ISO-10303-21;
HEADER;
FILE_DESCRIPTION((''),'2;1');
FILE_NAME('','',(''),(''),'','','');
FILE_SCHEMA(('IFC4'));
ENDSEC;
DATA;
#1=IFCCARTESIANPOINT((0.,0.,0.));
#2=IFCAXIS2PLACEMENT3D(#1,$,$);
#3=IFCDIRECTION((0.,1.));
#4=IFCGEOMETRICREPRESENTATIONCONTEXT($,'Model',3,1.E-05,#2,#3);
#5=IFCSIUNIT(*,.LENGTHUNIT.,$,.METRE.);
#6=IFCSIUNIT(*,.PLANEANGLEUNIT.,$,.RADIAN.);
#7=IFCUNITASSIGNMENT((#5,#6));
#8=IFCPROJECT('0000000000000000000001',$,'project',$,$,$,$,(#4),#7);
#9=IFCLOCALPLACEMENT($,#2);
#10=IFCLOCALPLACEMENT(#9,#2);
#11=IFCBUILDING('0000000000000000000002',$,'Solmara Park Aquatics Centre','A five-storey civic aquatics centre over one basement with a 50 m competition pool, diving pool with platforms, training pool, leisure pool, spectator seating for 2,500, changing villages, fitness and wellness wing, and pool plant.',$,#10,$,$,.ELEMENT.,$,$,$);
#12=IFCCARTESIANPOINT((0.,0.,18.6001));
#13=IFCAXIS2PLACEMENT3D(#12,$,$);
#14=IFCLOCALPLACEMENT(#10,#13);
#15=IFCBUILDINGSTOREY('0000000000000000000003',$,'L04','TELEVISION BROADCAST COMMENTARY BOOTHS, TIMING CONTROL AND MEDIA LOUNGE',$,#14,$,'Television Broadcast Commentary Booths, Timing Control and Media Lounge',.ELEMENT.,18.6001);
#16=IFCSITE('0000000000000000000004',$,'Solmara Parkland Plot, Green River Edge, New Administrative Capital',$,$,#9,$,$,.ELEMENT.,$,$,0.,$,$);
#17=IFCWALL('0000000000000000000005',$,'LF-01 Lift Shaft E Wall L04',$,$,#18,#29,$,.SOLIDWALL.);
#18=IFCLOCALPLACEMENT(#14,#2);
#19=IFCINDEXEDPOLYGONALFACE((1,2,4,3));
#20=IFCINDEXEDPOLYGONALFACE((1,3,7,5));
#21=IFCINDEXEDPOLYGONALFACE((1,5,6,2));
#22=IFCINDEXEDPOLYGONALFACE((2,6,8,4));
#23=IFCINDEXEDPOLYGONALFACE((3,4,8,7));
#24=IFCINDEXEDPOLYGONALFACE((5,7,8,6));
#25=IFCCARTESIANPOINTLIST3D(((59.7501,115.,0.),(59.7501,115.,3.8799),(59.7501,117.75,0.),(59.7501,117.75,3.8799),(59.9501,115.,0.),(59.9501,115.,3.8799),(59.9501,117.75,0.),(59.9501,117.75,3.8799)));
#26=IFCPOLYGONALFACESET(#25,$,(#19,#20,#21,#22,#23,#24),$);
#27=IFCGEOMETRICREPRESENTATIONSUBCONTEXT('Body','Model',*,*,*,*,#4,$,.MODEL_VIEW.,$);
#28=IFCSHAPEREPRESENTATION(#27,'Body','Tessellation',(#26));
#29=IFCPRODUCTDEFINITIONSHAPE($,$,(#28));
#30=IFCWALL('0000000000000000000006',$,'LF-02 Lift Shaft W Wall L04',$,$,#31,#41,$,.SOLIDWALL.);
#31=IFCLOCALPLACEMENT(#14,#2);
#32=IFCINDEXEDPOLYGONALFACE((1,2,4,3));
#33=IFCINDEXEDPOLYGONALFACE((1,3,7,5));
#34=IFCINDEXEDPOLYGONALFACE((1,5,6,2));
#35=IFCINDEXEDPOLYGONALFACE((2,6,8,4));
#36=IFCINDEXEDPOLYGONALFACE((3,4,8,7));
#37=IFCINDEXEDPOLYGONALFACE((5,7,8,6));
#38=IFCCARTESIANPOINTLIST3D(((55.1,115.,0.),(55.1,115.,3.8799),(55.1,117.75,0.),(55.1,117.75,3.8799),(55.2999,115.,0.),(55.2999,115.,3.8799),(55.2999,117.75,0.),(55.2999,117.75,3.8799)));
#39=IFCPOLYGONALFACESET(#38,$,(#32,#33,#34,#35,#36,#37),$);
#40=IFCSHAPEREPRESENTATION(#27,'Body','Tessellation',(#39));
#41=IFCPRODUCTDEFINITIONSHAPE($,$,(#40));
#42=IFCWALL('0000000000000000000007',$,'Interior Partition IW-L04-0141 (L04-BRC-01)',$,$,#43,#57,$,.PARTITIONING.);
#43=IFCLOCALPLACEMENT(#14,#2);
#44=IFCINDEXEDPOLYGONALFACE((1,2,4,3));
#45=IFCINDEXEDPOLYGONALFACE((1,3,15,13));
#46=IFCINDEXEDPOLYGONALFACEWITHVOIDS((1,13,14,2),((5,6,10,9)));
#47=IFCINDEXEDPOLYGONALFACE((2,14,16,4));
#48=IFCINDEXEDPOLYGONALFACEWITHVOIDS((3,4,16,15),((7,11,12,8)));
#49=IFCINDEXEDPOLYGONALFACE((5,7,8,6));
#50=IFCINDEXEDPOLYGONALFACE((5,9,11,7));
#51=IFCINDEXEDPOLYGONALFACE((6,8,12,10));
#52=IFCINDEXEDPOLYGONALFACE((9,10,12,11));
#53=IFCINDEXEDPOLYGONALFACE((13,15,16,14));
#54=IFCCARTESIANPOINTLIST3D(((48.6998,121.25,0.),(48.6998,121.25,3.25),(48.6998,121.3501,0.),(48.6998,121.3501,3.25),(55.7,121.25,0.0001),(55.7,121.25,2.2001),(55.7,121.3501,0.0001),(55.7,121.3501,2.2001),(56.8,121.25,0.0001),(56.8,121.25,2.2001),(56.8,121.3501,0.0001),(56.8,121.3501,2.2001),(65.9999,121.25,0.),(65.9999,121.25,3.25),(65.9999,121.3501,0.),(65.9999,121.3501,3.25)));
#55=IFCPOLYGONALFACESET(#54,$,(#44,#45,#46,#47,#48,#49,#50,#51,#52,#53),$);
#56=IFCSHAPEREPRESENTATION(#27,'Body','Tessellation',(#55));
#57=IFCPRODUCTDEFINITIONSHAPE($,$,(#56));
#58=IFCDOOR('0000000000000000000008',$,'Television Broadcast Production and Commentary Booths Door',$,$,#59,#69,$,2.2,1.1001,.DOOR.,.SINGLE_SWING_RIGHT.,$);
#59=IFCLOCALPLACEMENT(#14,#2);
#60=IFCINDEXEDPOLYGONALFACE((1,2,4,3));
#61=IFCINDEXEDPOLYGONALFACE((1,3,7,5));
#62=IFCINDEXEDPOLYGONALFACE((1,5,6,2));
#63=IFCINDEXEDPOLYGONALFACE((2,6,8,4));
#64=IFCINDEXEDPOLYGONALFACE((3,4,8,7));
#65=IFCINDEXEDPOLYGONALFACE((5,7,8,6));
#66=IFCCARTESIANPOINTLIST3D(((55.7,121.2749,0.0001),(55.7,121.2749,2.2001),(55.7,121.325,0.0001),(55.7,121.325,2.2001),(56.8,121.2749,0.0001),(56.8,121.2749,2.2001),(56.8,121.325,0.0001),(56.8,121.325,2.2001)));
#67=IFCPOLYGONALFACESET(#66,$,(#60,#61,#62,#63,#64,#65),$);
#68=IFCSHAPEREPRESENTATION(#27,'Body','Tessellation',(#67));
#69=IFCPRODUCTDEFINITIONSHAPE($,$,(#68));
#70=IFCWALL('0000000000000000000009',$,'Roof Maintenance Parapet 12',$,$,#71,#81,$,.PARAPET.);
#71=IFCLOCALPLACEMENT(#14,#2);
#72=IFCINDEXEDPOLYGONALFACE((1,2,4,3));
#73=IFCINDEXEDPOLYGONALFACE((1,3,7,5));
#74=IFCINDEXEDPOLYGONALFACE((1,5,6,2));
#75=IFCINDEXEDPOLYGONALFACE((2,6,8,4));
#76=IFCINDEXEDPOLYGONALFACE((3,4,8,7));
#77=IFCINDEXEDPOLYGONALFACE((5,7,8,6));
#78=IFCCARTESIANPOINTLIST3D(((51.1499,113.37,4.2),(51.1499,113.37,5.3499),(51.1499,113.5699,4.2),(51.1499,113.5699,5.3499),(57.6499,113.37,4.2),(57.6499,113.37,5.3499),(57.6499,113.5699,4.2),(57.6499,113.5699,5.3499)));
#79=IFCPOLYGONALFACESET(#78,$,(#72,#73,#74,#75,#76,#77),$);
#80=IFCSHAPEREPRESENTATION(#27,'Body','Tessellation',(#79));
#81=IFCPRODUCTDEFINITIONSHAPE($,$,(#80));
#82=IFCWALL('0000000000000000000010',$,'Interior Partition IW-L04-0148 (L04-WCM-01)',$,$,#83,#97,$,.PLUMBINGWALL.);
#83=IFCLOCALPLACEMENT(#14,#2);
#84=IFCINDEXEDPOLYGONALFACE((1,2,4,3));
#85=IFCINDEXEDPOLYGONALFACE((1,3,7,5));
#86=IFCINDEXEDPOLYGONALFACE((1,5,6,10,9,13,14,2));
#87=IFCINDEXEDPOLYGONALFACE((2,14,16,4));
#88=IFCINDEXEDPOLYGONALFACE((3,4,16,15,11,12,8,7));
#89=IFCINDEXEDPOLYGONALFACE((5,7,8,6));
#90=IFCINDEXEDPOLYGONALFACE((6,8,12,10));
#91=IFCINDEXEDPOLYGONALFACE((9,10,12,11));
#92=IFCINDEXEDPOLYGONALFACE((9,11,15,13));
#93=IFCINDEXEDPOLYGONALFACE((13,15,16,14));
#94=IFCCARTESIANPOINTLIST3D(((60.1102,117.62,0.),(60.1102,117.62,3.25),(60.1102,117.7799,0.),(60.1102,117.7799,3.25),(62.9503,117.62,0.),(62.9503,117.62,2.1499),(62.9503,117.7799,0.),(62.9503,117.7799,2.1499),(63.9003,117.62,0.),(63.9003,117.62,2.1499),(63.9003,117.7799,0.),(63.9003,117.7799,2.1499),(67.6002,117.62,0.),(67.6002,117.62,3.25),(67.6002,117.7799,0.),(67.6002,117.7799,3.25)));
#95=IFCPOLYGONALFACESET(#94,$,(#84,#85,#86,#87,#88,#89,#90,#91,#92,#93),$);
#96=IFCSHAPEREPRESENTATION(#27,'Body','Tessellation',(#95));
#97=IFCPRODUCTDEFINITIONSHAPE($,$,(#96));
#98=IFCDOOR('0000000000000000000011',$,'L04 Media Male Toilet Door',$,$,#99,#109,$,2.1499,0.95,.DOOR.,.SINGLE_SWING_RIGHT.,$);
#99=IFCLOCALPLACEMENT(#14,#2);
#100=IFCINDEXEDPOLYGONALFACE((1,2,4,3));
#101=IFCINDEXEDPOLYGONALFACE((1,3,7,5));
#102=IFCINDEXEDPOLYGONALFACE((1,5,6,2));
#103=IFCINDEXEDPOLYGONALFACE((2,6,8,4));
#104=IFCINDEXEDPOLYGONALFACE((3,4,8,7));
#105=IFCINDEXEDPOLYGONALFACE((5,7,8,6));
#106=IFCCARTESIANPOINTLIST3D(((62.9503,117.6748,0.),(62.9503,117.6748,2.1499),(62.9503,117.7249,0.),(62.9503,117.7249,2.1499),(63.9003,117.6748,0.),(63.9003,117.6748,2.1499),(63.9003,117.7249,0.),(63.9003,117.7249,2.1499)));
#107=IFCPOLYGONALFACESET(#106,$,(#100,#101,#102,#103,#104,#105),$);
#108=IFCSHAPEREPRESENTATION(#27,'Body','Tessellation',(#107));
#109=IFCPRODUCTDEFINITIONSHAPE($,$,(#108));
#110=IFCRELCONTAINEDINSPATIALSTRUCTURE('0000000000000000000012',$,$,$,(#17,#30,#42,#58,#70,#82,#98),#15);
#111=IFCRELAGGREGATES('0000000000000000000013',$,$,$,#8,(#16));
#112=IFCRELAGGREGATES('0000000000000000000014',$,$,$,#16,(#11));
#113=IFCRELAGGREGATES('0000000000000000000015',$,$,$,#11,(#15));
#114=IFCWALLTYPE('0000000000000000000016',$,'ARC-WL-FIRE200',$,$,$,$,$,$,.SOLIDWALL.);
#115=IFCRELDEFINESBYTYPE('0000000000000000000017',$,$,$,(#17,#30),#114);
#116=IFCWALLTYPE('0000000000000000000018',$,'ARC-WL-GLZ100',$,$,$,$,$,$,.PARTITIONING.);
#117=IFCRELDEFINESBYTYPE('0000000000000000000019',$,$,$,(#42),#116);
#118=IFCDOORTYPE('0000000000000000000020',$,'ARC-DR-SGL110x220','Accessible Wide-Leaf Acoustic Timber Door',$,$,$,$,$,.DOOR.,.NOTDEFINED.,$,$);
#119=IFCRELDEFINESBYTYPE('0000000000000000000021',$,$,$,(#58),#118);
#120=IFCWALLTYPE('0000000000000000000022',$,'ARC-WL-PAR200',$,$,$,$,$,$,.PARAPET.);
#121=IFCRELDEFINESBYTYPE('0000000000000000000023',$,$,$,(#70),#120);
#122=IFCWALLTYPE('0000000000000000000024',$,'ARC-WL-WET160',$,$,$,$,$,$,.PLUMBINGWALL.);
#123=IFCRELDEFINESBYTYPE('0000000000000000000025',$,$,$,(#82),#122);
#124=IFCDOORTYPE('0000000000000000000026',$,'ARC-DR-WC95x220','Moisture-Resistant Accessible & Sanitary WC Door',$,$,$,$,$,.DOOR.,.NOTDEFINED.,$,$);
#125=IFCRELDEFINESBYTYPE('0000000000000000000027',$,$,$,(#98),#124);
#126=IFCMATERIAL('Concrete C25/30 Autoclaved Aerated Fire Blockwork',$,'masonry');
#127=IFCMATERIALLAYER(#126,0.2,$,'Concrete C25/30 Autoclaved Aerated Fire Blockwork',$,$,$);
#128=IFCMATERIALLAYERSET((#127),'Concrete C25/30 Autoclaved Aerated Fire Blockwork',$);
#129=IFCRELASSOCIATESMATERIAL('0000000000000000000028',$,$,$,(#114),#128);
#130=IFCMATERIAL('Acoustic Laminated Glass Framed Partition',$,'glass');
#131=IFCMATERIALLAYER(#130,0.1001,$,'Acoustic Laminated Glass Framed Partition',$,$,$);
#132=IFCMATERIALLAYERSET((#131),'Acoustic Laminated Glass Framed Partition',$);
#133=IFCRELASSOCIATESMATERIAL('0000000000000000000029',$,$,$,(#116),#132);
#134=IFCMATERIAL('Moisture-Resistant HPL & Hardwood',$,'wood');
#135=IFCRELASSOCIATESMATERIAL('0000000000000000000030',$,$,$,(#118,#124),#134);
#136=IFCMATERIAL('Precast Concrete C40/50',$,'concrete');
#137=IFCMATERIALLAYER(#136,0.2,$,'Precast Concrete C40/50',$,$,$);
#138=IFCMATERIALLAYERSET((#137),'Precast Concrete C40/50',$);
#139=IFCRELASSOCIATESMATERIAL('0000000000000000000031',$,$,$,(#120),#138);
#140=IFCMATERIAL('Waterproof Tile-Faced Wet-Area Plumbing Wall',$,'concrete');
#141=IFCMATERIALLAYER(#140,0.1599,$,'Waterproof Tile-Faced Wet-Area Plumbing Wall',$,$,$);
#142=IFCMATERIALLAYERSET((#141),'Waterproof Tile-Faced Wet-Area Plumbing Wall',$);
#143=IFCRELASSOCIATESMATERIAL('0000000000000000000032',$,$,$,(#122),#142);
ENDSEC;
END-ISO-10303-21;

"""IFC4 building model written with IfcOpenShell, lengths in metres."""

from ifc_helpers import new_model, si_unit, direction, frame, frame_2d, origin, place, context, subcontext, project, spatial, rectangle, extrude, material, layer, layer_set, type_object, element, fill, save


model = new_model("IFC4")

# Units and contexts
model_context = context("Model", 3, precision=1e-05, world=origin(), true_north=direction((0.0, 1.0)))
body_context = subcontext(model_context, "Body", "Model", "MODEL_VIEW")
ifc_project = project(units=[si_unit("LENGTHUNIT", "METRE"), si_unit("PLANEANGLEUNIT", "RADIAN")], contexts=[model_context])

# Site, building, storey
site_placement = place(None, origin())
site = spatial("IfcSite", under=ifc_project, at=site_placement, Name="Solmara Parkland Plot, Green River Edge, New Administrative Capital", CompositionType="ELEMENT", RefElevation=0.0)
building_placement = place(site_placement, origin())
building = spatial("IfcBuilding", under=site, at=building_placement, Name="Solmara Park Aquatics Centre", Description="A five-storey civic aquatics centre over one basement with a 50 m competition pool, diving pool with platforms, training pool, leisure pool, spectator seating for 2,500, changing villages, fitness and wellness wing, and pool plant.", CompositionType="ELEMENT")
storey_placement = place(building_placement, frame((0.0, 0.0, 18.6001)))
storey = spatial("IfcBuildingStorey", under=building, at=storey_placement, Name="L04", Description="TELEVISION BROADCAST COMMENTARY BOOTHS, TIMING CONTROL AND MEDIA LOUNGE", LongName="Television Broadcast Commentary Booths, Timing Control and Media Lounge", CompositionType="ELEMENT", Elevation=18.6001)

# Shared definitions
ifc_material_1 = material(Name="Moisture-Resistant HPL & Hardwood", Category="wood")

# Shared definitions
ifc_material_2 = material(Name="Concrete C25/30 Autoclaved Aerated Fire Blockwork", Category="masonry")
ifc_layer_1 = layer(ifc_material_2, 0.2, Name="Concrete C25/30 Autoclaved Aerated Fire Blockwork")
ifc_layer_set_1 = layer_set([ifc_layer_1], Name="Concrete C25/30 Autoclaved Aerated Fire Blockwork")
wall_type_1 = type_object("IfcWallType", Name="ARC-WL-FIRE200", PredefinedType="SOLIDWALL", material=ifc_layer_set_1)

# Walls
for number, where, z_axis, x_axis, name in (
    (1, (59.8501, 115.0, 0.0), (0.0, 0.0, 1.0), (0.0, 1.0, 0.0), "LF-01 Lift Shaft E Wall L04"),
    (2, (55.2, 115.0, 0.0), (0.0, 0.0, 1.0), (0.0, 1.0, 0.0), "LF-02 Lift Shaft W Wall L04"),
):
    element("IfcWall", number, at=place(storey_placement, frame(where, z_axis=z_axis, x_axis=x_axis)), inside=storey, type_object=wall_type_1, Name=name, PredefinedType="SOLIDWALL", context=body_context, shape_type="SweptSolid", body=[
        extrude(rectangle(XDim=2.75, YDim=0.2, at=frame_2d((1.375, 0.0))), origin(), (0.0, 0.0, 1.0), 3.8799),
    ])

# Wall, opening, door
ifc_material_3 = material(Name="Acoustic Laminated Glass Framed Partition", Category="glass")
ifc_layer_2 = layer(ifc_material_3, 0.1001, Name="Acoustic Laminated Glass Framed Partition")
ifc_layer_set_2 = layer_set([ifc_layer_2], Name="Acoustic Laminated Glass Framed Partition")
wall_type_2 = type_object("IfcWallType", Name="ARC-WL-GLZ100", PredefinedType="PARTITIONING", material=ifc_layer_set_2)
wall_1_placement = place(storey_placement, frame((48.7, 121.3, 0.0), z_axis=(0.0, 0.0, 1.0), x_axis=(1.0, 0.0, 0.0)))
wall_1 = element("IfcWall", 3, at=wall_1_placement, inside=storey, type_object=wall_type_2, Name="Interior Partition IW-L04-0141 (L04-BRC-01)", PredefinedType="PARTITIONING", context=body_context, shape_type="SweptSolid", body=[
    extrude(rectangle(XDim=17.3, YDim=0.1001, at=frame_2d((8.6499, 0.0))), origin(), (0.0, 0.0, 1.0), 3.25),
])
opening_1_placement = place(wall_1_placement, frame((7.0, 0.0, 0.0)))
opening_1 = element("IfcOpeningElement", 4, at=opening_1_placement, cuts=wall_1, PredefinedType="OPENING", context=body_context, shape_type="SweptSolid", body=[
    extrude(rectangle(XDim=1.1001, YDim=2.2, at=frame_2d((0.55, 1.1001))), frame((0.0, 0.0601, 0.0), z_axis=(0.0, -1.0, 0.0), x_axis=(1.0, 0.0, 0.0)), (0.0, 0.0, 1.0), 0.1201),
])
door_type_1 = type_object("IfcDoorType", Name="ARC-DR-SGL110x220", Description="Accessible Wide-Leaf Acoustic Timber Door", OperationType="NOTDEFINED", PredefinedType="DOOR", material=ifc_material_1)
door_1_placement = place(opening_1_placement, origin())
door_1 = element("IfcDoor", 5, at=door_1_placement, inside=storey, type_object=door_type_1, Name="Television Broadcast Production and Commentary Booths Door", OperationType="SINGLE_SWING_RIGHT", OverallHeight=2.2, OverallWidth=1.1001, PredefinedType="DOOR", context=body_context, shape_type="SweptSolid", body=[
    extrude(rectangle(XDim=1.1001, YDim=2.2, at=frame_2d((0.55, 1.1001))), frame((0.0, 0.0249, 0.0), z_axis=(0.0, -1.0, 0.0), x_axis=(1.0, 0.0, 0.0)), (0.0, 0.0, 1.0), 0.05),
])
fill(opening_1, door_1)

# Wall
ifc_material_4 = material(Name="Precast Concrete C40/50", Category="concrete")
ifc_layer_3 = layer(ifc_material_4, 0.2, Name="Precast Concrete C40/50")
ifc_layer_set_3 = layer_set([ifc_layer_3], Name="Precast Concrete C40/50")
wall_type_3 = type_object("IfcWallType", Name="ARC-WL-PAR200", PredefinedType="PARAPET", material=ifc_layer_set_3)
wall_2_placement = place(storey_placement, frame((51.1499, 113.47, 4.2), z_axis=(0.0, 0.0, 1.0), x_axis=(1.0, 0.0, 0.0)))
element("IfcWall", 6, at=wall_2_placement, inside=storey, type_object=wall_type_3, Name="Roof Maintenance Parapet 12", PredefinedType="PARAPET", context=body_context, shape_type="SweptSolid", body=[
    extrude(rectangle(XDim=6.5, YDim=0.2, at=frame_2d((3.25, 0.0))), origin(), (0.0, 0.0, 1.0), 1.1499),
])

# Wall, opening, door
ifc_material_5 = material(Name="Waterproof Tile-Faced Wet-Area Plumbing Wall", Category="concrete")
ifc_layer_4 = layer(ifc_material_5, 0.1599, Name="Waterproof Tile-Faced Wet-Area Plumbing Wall")
ifc_layer_set_4 = layer_set([ifc_layer_4], Name="Waterproof Tile-Faced Wet-Area Plumbing Wall")
wall_type_4 = type_object("IfcWallType", Name="ARC-WL-WET160", PredefinedType="PLUMBINGWALL", material=ifc_layer_set_4)
wall_3_placement = place(storey_placement, frame((60.1101, 117.7, 0.0), z_axis=(0.0, 0.0, 1.0), x_axis=(1.0, 0.0, 0.0)))
wall_3 = element("IfcWall", 7, at=wall_3_placement, inside=storey, type_object=wall_type_4, Name="Interior Partition IW-L04-0148 (L04-WCM-01)", PredefinedType="PLUMBINGWALL", context=body_context, shape_type="SweptSolid", body=[
    extrude(rectangle(XDim=7.49, YDim=0.1599, at=frame_2d((3.7451, 0.0))), origin(), (0.0, 0.0, 1.0), 3.25),
])
opening_2_placement = place(wall_3_placement, frame((2.8401, 0.0, 0.0)))
opening_2 = element("IfcOpeningElement", 8, at=opening_2_placement, cuts=wall_3, PredefinedType="OPENING", context=body_context, shape_type="SweptSolid", body=[
    extrude(rectangle(XDim=0.95, YDim=2.1499, at=frame_2d((0.4751, 1.075))), frame((0.0, 0.0898, 0.0), z_axis=(0.0, -1.0, 0.0), x_axis=(1.0, 0.0, 0.0)), (0.0, 0.0, 1.0), 0.1799),
])
door_type_2 = type_object("IfcDoorType", Name="ARC-DR-WC95x220", Description="Moisture-Resistant Accessible & Sanitary WC Door", OperationType="NOTDEFINED", PredefinedType="DOOR", material=ifc_material_1)
door_2_placement = place(opening_2_placement, origin())
door_2 = element("IfcDoor", 9, at=door_2_placement, inside=storey, type_object=door_type_2, Name="L04 Media Male Toilet Door", OperationType="SINGLE_SWING_RIGHT", OverallHeight=2.1499, OverallWidth=0.95, PredefinedType="DOOR", context=body_context, shape_type="SweptSolid", body=[
    extrude(rectangle(XDim=0.95, YDim=2.1499, at=frame_2d((0.4751, 1.075))), frame((0.0, 0.0249, 0.0), z_axis=(0.0, -1.0, 0.0), x_axis=(1.0, 0.0, 0.0)), (0.0, 0.0, 1.0), 0.05),
])
fill(opening_2, door_2)

save(model, "model.ifc")
